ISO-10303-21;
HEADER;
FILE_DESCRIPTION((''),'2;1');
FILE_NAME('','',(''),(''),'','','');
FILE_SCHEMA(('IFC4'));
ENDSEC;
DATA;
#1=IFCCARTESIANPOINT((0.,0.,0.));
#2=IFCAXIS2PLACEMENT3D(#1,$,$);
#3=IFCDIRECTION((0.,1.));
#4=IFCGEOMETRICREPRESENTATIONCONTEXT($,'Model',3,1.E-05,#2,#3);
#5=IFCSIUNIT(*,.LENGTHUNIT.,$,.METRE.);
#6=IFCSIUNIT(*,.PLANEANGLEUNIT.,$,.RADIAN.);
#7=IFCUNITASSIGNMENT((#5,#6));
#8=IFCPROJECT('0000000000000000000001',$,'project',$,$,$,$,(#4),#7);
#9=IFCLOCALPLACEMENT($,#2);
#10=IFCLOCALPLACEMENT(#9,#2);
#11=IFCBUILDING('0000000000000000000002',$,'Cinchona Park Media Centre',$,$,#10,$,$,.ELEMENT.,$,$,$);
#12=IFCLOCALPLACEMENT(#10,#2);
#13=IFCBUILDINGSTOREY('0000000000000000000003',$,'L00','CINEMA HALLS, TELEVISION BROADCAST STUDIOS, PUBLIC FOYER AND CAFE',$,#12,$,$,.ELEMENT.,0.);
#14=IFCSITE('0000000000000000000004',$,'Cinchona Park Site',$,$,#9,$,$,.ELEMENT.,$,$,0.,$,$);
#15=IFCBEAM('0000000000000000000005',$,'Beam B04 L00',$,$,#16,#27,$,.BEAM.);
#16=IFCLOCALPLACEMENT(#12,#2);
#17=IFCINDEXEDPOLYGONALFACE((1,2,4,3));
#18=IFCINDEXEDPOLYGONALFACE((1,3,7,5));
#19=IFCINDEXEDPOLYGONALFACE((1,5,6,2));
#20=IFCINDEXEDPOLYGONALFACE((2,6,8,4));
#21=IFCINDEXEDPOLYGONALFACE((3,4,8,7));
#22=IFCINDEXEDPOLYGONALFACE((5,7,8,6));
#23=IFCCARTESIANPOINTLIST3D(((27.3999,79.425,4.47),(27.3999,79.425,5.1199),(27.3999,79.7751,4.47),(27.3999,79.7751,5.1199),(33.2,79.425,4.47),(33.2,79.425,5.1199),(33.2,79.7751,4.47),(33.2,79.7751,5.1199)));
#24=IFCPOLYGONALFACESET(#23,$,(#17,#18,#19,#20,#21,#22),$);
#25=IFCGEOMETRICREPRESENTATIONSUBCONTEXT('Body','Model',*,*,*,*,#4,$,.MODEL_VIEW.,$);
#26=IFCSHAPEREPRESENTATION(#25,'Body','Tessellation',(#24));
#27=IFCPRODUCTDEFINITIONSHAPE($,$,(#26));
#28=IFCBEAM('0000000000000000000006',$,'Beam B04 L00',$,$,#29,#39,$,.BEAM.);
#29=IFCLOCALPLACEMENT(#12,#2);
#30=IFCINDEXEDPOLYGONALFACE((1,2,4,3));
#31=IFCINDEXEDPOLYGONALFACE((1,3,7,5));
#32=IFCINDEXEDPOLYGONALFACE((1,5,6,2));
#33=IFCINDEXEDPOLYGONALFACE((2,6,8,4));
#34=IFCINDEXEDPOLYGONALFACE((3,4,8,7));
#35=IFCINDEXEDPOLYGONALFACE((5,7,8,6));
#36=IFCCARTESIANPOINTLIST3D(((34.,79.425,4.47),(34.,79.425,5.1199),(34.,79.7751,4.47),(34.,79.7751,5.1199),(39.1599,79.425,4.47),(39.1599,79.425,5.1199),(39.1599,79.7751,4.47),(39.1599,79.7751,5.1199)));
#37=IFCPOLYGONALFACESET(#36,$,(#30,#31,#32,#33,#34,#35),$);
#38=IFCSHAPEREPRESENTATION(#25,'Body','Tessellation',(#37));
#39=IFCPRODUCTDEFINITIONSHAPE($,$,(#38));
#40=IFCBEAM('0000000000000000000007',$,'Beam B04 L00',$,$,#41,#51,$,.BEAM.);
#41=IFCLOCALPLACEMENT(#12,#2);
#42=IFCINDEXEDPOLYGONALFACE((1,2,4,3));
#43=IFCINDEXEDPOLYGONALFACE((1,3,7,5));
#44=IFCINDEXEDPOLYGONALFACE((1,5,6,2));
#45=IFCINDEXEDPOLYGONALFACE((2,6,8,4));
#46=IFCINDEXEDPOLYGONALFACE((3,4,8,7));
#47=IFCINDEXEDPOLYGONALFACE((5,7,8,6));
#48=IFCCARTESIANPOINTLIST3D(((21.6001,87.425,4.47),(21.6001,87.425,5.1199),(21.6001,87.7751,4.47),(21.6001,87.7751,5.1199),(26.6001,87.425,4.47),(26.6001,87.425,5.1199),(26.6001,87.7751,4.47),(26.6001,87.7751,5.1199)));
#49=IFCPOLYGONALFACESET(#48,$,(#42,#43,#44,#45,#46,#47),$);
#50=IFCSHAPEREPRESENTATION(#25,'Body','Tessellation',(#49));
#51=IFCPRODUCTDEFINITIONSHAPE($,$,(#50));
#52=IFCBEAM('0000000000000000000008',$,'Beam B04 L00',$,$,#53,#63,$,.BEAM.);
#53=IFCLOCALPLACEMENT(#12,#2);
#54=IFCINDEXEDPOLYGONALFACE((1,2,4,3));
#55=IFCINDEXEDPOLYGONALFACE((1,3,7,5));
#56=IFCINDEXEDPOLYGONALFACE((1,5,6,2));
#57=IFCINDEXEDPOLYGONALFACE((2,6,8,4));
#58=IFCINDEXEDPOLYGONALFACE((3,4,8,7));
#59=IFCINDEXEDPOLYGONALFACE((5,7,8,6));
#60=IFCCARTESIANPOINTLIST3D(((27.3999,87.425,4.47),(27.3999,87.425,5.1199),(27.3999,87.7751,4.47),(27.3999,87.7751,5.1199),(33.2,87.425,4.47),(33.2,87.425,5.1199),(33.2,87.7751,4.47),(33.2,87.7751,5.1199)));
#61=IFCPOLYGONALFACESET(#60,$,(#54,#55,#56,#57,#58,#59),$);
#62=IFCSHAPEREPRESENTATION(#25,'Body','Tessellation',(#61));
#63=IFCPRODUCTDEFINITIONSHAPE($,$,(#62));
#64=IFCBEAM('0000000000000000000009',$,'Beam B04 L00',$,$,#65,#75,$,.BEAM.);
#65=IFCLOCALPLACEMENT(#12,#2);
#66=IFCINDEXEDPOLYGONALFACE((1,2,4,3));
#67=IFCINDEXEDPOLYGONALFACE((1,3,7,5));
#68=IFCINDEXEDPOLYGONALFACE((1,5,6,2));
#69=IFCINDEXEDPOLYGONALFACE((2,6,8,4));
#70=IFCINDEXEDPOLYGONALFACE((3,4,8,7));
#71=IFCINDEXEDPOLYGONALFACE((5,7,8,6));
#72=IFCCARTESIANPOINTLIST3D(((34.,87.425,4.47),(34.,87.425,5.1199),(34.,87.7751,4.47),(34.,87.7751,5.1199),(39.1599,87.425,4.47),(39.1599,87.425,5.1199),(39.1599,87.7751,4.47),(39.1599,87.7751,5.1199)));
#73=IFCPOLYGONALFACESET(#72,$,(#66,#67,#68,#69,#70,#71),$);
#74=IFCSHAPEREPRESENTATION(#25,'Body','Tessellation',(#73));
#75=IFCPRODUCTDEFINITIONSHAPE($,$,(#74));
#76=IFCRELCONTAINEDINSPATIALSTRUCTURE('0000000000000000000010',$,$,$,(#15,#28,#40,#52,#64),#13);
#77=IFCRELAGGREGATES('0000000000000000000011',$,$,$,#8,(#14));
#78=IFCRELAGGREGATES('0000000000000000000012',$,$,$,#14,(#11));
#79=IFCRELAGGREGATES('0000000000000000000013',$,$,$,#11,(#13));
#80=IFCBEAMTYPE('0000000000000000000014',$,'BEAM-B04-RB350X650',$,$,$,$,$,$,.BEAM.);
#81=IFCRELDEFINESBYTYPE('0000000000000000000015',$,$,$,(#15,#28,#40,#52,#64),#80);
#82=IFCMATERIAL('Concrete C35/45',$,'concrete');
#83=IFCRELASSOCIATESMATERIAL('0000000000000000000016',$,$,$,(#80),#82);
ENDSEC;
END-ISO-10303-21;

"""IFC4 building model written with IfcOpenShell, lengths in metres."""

from ifc_helpers import new_model, si_unit, direction, frame, origin, origin_2d, place, context, subcontext, project, spatial, rectangle, extrude, material, material_profile, profile_set, type_object, element, save


model = new_model("IFC4")

# Units and contexts
model_context = context("Model", 3, precision=1e-05, world=origin(), true_north=direction((0.0, 1.0)))
body_context = subcontext(model_context, "Body", "Model", "MODEL_VIEW")
ifc_project = project(units=[si_unit("LENGTHUNIT", "METRE"), si_unit("PLANEANGLEUNIT", "RADIAN")], contexts=[model_context])

# Site, building, storey
site_placement = place(None, origin())
site = spatial("IfcSite", under=ifc_project, at=site_placement, Name="Cinchona Park Site", CompositionType="ELEMENT", RefElevation=0.0)
building_placement = place(site_placement, origin())
building = spatial("IfcBuilding", under=site, at=building_placement, Name="Cinchona Park Media Centre", CompositionType="ELEMENT")
storey_placement = place(building_placement, origin())
storey = spatial("IfcBuildingStorey", under=building, at=storey_placement, Name="L00", Description="CINEMA HALLS, TELEVISION BROADCAST STUDIOS, PUBLIC FOYER AND CAFE", CompositionType="ELEMENT", Elevation=0.0)

# Beams
ifc_material_1 = material(Name="Concrete C35/45", Category="concrete")
ifc_material_profile_1 = material_profile(ifc_material_1, rectangle(XDim=0.3501, YDim=0.6499, at=origin_2d()), Name="RB 350X650")
ifc_profile_set_1 = profile_set([ifc_material_profile_1], Name="Concrete C35/45")
beam_type_1 = type_object("IfcBeamType", Name="BEAM-B04-RB350X650", PredefinedType="BEAM", material=ifc_profile_set_1)
beam_1_placement = place(storey_placement, frame((27.3999, 79.6001, 4.7949), z_axis=(1.0, 0.0, 0.0), x_axis=(0.0, 1.0, 0.0)))
element("IfcBeam", 1, at=beam_1_placement, inside=storey, type_object=beam_type_1, Name="Beam B04 L00", PredefinedType="BEAM", context=body_context, shape_type="SweptSolid", body=[
    extrude(rectangle(XDim=0.3501, YDim=0.6499, at=origin_2d()), origin(), (0.0, 0.0, 1.0), 5.8),
])
beam_2_placement = place(storey_placement, frame((34.0, 79.6001, 4.7949), z_axis=(1.0, 0.0, 0.0), x_axis=(0.0, 1.0, 0.0)))
element("IfcBeam", 2, at=beam_2_placement, inside=storey, type_object=beam_type_1, Name="Beam B04 L00", PredefinedType="BEAM", context=body_context, shape_type="SweptSolid", body=[
    extrude(rectangle(XDim=0.3501, YDim=0.6499, at=origin_2d()), origin(), (0.0, 0.0, 1.0), 5.1599),
])
beam_3_placement = place(storey_placement, frame((21.6001, 87.6001, 4.7949), z_axis=(1.0, 0.0, 0.0), x_axis=(0.0, 1.0, 0.0)))
element("IfcBeam", 3, at=beam_3_placement, inside=storey, type_object=beam_type_1, Name="Beam B04 L00", PredefinedType="BEAM", context=body_context, shape_type="SweptSolid", body=[
    extrude(rectangle(XDim=0.3501, YDim=0.6499, at=origin_2d()), origin(), (0.0, 0.0, 1.0), 5.0),
])
beam_4_placement = place(storey_placement, frame((27.3999, 87.6001, 4.7949), z_axis=(1.0, 0.0, 0.0), x_axis=(0.0, 1.0, 0.0)))
element("IfcBeam", 4, at=beam_4_placement, inside=storey, type_object=beam_type_1, Name="Beam B04 L00", PredefinedType="BEAM", context=body_context, shape_type="SweptSolid", body=[
    extrude(rectangle(XDim=0.3501, YDim=0.6499, at=origin_2d()), origin(), (0.0, 0.0, 1.0), 5.8),
])
beam_5_placement = place(storey_placement, frame((34.0, 87.6001, 4.7949), z_axis=(1.0, 0.0, 0.0), x_axis=(0.0, 1.0, 0.0)))
element("IfcBeam", 5, at=beam_5_placement, inside=storey, type_object=beam_type_1, Name="Beam B04 L00", PredefinedType="BEAM", context=body_context, shape_type="SweptSolid", body=[
    extrude(rectangle(XDim=0.3501, YDim=0.6499, at=origin_2d()), origin(), (0.0, 0.0, 1.0), 5.1599),
])

save(model, "model.ifc")
